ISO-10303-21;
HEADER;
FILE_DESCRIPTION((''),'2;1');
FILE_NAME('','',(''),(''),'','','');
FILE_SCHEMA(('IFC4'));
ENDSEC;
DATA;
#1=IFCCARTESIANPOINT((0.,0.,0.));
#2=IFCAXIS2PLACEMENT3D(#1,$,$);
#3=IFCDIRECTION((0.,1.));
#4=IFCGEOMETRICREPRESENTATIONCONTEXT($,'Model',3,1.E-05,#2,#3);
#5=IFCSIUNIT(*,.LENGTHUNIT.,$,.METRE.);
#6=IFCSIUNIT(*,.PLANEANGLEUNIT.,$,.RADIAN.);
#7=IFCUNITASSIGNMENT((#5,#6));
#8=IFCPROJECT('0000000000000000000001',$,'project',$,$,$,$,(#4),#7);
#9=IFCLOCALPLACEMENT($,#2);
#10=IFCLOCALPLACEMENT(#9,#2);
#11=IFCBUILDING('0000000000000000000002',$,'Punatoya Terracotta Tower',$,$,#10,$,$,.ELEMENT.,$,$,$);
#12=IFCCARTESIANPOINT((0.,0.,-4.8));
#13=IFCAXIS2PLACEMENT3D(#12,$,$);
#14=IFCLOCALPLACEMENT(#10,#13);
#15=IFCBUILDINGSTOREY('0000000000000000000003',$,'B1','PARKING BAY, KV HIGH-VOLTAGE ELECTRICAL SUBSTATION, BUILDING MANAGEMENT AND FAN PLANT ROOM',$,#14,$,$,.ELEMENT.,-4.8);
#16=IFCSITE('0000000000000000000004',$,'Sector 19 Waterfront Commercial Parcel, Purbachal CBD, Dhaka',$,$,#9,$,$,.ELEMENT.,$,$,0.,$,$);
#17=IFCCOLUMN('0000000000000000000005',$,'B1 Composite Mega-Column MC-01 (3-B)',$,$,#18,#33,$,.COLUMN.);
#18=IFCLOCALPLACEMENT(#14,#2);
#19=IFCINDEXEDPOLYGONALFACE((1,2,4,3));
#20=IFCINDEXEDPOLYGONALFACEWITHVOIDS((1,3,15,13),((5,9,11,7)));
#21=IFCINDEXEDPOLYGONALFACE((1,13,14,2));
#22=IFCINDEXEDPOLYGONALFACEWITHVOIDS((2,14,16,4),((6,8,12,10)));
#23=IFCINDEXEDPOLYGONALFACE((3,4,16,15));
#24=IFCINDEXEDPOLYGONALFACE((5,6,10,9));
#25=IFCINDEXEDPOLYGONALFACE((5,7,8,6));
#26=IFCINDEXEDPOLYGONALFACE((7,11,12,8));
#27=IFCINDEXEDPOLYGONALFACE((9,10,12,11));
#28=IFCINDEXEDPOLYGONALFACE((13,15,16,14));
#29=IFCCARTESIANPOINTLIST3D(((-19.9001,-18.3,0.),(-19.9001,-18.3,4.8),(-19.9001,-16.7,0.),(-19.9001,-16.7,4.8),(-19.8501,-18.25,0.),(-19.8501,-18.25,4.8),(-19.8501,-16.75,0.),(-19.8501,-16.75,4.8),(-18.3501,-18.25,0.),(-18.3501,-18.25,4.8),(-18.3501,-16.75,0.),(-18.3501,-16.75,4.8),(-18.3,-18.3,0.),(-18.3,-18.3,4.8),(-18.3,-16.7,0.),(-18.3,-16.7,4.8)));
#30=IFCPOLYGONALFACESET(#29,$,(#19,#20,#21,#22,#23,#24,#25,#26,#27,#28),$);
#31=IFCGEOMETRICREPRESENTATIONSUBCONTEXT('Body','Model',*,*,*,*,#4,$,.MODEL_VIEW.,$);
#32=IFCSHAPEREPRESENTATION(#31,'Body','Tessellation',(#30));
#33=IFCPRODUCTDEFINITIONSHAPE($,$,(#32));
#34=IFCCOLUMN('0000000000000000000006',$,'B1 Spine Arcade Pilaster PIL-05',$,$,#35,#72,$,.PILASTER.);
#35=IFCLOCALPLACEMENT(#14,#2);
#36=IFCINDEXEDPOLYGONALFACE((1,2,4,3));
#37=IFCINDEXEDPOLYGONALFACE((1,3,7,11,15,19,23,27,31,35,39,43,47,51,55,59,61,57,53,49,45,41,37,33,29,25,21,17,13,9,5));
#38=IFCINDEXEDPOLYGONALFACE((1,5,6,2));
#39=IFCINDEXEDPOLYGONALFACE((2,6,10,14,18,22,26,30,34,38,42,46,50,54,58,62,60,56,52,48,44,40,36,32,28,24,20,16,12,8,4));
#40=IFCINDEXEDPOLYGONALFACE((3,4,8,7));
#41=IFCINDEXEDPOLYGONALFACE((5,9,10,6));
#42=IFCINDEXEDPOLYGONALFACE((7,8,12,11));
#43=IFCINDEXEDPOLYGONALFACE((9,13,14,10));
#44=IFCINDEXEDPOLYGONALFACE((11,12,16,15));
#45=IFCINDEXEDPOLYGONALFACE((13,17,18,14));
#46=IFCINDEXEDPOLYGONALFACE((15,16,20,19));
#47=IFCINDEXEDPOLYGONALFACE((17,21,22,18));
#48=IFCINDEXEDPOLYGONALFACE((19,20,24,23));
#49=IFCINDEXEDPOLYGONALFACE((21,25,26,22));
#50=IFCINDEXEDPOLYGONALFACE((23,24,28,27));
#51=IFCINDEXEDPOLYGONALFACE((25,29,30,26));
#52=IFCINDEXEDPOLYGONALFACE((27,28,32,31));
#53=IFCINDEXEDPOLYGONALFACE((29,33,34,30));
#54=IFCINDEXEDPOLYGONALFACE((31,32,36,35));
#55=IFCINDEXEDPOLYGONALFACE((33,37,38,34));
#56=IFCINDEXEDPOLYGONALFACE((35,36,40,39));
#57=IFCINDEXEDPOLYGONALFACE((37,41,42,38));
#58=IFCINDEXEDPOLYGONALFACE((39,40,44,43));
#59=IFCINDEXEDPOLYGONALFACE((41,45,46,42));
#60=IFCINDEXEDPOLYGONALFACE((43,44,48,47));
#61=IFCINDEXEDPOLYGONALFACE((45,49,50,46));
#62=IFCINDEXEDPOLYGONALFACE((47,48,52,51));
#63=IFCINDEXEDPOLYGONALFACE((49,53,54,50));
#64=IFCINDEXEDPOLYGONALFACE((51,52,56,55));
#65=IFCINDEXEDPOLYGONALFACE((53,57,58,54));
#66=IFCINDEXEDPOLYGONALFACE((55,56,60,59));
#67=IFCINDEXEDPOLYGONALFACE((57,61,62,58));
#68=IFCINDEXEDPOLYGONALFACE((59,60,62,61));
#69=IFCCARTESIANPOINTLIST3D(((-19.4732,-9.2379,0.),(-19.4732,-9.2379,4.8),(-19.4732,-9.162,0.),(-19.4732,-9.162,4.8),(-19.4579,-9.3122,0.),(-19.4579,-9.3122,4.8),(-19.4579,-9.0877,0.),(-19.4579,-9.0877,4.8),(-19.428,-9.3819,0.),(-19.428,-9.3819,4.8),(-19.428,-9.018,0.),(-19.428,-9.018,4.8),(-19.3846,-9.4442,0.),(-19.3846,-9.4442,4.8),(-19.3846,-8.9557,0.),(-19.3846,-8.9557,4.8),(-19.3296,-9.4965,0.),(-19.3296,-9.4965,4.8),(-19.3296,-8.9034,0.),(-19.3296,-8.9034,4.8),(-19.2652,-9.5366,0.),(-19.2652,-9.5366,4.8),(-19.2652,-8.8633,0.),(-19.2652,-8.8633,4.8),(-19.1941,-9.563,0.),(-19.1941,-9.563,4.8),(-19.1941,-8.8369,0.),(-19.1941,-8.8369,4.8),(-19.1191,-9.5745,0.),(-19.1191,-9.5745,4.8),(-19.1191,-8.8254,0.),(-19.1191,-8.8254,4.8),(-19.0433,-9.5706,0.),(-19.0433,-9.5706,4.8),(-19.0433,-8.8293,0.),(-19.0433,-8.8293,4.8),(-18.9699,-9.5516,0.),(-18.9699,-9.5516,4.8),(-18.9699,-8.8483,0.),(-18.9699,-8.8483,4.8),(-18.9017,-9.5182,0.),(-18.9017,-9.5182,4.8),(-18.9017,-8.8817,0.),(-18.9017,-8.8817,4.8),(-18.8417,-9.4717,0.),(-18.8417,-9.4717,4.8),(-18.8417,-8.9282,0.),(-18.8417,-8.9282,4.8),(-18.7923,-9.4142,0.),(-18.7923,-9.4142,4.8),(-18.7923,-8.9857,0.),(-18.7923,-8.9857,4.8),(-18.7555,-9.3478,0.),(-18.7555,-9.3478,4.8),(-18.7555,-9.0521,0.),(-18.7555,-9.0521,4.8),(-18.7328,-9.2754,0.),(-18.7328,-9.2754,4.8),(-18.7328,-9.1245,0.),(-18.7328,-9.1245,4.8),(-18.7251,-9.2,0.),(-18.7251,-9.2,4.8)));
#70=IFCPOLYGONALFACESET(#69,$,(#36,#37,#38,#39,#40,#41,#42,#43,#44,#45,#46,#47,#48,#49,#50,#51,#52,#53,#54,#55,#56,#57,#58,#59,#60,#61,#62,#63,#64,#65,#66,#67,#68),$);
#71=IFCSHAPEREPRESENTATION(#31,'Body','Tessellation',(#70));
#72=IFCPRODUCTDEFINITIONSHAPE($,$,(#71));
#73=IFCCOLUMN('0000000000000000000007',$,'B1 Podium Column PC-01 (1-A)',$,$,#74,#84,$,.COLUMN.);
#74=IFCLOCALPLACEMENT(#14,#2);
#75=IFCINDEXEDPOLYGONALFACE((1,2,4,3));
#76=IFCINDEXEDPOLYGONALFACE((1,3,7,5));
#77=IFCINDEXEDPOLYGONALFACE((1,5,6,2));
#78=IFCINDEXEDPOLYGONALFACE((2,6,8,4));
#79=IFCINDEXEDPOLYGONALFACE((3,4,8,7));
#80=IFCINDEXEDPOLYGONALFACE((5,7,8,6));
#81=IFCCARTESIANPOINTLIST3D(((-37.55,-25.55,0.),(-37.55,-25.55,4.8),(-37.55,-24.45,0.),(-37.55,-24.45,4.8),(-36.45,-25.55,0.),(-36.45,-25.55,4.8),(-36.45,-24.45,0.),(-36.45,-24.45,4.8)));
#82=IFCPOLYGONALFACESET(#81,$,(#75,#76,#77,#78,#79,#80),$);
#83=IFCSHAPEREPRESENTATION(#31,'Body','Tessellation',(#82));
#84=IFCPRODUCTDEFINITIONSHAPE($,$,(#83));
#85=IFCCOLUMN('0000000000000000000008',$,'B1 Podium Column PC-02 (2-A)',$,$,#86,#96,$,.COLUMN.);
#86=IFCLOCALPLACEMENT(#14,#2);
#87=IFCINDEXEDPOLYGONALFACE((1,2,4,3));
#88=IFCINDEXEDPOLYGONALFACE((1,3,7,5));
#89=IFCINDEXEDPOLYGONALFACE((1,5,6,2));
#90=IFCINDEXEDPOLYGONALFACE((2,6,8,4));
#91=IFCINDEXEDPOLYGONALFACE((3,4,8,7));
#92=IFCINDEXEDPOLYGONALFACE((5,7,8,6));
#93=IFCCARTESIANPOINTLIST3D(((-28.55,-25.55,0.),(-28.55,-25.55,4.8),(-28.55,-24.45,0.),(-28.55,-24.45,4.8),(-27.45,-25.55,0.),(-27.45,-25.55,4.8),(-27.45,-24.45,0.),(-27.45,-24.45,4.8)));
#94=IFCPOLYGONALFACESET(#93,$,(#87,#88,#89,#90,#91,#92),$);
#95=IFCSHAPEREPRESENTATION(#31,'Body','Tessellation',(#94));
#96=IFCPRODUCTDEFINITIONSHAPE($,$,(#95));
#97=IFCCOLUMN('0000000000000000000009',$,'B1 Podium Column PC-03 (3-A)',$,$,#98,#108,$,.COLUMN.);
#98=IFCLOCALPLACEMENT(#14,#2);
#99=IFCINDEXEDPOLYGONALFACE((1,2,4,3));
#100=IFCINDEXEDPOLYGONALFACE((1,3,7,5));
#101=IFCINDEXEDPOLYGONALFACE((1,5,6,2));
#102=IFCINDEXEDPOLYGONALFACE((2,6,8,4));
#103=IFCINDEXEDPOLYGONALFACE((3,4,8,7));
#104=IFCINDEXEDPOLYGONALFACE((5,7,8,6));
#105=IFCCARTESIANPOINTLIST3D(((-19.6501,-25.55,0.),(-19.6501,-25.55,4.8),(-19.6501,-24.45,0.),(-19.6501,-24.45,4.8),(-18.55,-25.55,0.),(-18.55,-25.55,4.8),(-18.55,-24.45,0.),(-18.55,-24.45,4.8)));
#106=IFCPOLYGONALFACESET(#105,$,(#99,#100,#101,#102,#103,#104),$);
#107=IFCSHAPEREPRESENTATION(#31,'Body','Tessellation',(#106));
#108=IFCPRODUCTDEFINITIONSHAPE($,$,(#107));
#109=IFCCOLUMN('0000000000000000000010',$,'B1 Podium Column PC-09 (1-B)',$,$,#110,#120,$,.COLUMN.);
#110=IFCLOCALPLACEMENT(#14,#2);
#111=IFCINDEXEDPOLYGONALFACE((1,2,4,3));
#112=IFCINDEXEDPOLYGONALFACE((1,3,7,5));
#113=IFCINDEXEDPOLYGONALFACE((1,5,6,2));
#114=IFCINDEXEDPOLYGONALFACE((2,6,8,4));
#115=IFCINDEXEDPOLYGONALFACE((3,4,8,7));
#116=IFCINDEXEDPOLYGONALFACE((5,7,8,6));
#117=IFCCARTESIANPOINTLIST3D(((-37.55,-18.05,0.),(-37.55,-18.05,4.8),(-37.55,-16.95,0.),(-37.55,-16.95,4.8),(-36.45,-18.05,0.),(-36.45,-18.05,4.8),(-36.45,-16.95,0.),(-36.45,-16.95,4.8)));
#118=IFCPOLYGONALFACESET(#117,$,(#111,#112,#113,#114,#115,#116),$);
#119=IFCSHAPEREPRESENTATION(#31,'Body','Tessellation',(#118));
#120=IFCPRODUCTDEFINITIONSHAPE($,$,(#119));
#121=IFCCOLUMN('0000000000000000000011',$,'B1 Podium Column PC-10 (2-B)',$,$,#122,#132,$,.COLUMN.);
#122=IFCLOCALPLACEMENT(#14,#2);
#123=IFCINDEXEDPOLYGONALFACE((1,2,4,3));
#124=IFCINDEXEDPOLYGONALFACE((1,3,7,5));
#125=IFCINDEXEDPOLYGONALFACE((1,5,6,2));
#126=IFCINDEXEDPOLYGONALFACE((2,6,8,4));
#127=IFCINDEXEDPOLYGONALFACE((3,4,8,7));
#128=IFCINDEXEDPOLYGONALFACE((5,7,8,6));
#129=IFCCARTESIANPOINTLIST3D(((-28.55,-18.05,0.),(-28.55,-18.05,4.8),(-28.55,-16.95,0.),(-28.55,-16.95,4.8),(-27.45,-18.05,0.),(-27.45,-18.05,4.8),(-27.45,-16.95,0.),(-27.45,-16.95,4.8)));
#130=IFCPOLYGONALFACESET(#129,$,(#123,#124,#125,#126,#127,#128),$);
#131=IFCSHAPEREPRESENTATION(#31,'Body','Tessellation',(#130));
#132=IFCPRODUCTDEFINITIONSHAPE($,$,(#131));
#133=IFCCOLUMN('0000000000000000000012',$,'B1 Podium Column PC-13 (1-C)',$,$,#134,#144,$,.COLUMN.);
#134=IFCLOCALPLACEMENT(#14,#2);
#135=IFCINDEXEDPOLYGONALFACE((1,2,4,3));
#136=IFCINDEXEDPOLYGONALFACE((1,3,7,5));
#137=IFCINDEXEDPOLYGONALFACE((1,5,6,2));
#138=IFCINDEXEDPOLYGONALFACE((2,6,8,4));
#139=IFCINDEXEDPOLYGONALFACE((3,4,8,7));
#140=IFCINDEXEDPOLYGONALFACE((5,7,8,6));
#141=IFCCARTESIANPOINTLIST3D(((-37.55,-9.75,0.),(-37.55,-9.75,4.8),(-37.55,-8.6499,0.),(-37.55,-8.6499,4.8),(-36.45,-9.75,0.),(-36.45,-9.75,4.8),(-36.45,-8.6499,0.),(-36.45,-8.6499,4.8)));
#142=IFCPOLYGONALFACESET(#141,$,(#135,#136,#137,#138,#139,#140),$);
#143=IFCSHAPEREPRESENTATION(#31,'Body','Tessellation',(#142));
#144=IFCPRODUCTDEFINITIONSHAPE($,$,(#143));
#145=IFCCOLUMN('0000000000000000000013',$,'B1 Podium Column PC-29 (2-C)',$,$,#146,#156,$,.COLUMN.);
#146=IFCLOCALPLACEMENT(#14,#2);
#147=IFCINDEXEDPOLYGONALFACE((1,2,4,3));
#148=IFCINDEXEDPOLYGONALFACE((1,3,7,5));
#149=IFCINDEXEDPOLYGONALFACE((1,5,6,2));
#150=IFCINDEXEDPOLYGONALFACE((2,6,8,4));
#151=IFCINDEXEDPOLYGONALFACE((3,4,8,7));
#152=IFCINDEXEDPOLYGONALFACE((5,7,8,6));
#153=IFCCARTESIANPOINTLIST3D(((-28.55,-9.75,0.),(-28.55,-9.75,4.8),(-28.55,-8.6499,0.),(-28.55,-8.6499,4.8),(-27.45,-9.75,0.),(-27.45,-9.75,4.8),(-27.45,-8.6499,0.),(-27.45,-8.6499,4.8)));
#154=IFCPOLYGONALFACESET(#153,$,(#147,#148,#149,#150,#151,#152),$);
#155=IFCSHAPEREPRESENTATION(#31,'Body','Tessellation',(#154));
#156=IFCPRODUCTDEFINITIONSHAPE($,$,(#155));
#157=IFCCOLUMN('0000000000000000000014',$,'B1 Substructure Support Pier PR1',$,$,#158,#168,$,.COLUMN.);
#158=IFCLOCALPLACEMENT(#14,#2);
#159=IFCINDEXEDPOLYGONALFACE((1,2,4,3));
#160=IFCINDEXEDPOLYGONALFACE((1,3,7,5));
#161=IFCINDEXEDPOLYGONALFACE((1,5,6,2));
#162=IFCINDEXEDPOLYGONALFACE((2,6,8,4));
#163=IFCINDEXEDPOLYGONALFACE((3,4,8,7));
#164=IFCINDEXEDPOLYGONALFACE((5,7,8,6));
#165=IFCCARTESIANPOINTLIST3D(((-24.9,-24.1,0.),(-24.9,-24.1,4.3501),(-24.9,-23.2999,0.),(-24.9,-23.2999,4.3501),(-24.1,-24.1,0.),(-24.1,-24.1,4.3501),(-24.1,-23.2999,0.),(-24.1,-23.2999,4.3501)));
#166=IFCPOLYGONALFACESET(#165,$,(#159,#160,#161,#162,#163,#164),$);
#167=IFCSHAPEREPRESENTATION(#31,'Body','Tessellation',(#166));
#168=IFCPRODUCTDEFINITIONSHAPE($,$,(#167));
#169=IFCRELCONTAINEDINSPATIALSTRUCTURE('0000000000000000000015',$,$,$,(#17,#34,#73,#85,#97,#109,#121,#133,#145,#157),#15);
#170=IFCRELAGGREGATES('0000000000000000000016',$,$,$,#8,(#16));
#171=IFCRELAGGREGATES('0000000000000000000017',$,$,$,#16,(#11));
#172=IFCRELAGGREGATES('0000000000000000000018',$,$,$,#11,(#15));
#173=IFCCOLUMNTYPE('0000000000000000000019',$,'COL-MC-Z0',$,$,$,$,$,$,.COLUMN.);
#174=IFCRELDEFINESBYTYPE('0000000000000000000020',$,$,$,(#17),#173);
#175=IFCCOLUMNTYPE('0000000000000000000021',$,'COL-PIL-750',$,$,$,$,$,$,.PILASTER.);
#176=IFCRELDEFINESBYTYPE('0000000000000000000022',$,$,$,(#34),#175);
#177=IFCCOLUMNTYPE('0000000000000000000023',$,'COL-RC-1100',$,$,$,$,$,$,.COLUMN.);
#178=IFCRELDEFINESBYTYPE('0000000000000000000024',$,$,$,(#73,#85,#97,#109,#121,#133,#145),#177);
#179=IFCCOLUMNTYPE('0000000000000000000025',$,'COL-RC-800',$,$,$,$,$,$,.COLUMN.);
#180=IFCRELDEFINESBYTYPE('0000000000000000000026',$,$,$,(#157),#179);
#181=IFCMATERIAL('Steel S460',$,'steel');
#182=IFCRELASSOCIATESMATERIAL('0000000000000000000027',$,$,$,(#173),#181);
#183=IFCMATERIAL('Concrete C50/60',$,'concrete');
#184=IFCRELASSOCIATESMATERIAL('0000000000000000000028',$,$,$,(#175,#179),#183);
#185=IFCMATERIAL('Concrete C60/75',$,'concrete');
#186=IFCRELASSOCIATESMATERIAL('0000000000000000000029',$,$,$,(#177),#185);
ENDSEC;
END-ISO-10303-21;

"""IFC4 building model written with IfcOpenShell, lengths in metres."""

from ifc_helpers import new_model, si_unit, direction, frame, origin, origin_2d, place, context, subcontext, project, spatial, rectangle, hollow_rectangle, circle, extrude, material, material_profile, profile_set, type_object, element, save


model = new_model("IFC4")

# Units and contexts
model_context = context("Model", 3, precision=1e-05, world=origin(), true_north=direction((0.0, 1.0)))
body_context = subcontext(model_context, "Body", "Model", "MODEL_VIEW")
ifc_project = project(units=[si_unit("LENGTHUNIT", "METRE"), si_unit("PLANEANGLEUNIT", "RADIAN")], contexts=[model_context])

# Site, building, storey
site_placement = place(None, origin())
site = spatial("IfcSite", under=ifc_project, at=site_placement, Name="Sector 19 Waterfront Commercial Parcel, Purbachal CBD, Dhaka", CompositionType="ELEMENT", RefElevation=0.0)
building_placement = place(site_placement, origin())
building = spatial("IfcBuilding", under=site, at=building_placement, Name="Punatoya Terracotta Tower", CompositionType="ELEMENT")
storey_placement = place(building_placement, frame((0.0, 0.0, -4.8)))
storey = spatial("IfcBuildingStorey", under=building, at=storey_placement, Name="B1", Description="PARKING BAY, KV HIGH-VOLTAGE ELECTRICAL SUBSTATION, BUILDING MANAGEMENT AND FAN PLANT ROOM", CompositionType="ELEMENT", Elevation=-4.8)

# Columns
ifc_material_1 = material(Name="Steel S460", Category="steel")
ifc_material_profile_1 = material_profile(ifc_material_1, hollow_rectangle(XDim=1.6001, YDim=1.6001, WallThickness=0.05, at=origin_2d()))
ifc_profile_set_1 = profile_set([ifc_material_profile_1], Name="Steel S460")
column_type_1 = type_object("IfcColumnType", Name="COL-MC-Z0", PredefinedType="COLUMN", material=ifc_profile_set_1)
column_1_placement = place(storey_placement, frame((-19.1001, -17.5, 0.0), z_axis=(0.0, 0.0, 1.0), x_axis=(1.0, 0.0, 0.0)))
element("IfcColumn", 1, at=column_1_placement, inside=storey, type_object=column_type_1, Name="B1 Composite Mega-Column MC-01 (3-B)", PredefinedType="COLUMN", context=body_context, shape_type="SweptSolid", body=[
    extrude(hollow_rectangle(XDim=1.6001, YDim=1.6001, WallThickness=0.05, at=origin_2d()), origin(), (0.0, 0.0, 1.0), 4.8),
])
ifc_material_2 = material(Name="Concrete C50/60", Category="concrete")
ifc_material_profile_2 = material_profile(ifc_material_2, circle(Radius=0.375, at=origin_2d()))
ifc_profile_set_2 = profile_set([ifc_material_profile_2], Name="Concrete C50/60")
column_type_2 = type_object("IfcColumnType", Name="COL-PIL-750", PredefinedType="PILASTER", material=ifc_profile_set_2)
column_2_placement = place(storey_placement, frame((-19.1001, -9.2, 0.0), z_axis=(0.0, 0.0, 1.0), x_axis=(1.0, 0.0, 0.0)))
element("IfcColumn", 2, at=column_2_placement, inside=storey, type_object=column_type_2, Name="B1 Spine Arcade Pilaster PIL-05", PredefinedType="PILASTER", context=body_context, shape_type="SweptSolid", body=[
    extrude(circle(Radius=0.375, at=origin_2d()), origin(), (0.0, 0.0, 1.0), 4.8),
])
ifc_material_3 = material(Name="Concrete C60/75", Category="concrete")
ifc_material_profile_3 = material_profile(ifc_material_3, rectangle(XDim=1.1001, YDim=1.1001, at=origin_2d()))
ifc_profile_set_3 = profile_set([ifc_material_profile_3], Name="Concrete C60/75")
column_type_3 = type_object("IfcColumnType", Name="COL-RC-1100", PredefinedType="COLUMN", material=ifc_profile_set_3)
for number, where, z_axis, x_axis, name in (
    (3, (-37.0, -25.0, 0.0), (0.0, 0.0, 1.0), (1.0, 0.0, 0.0), "B1 Podium Column PC-01 (1-A)"),
    (4, (-28.0, -25.0, 0.0), (0.0, 0.0, 1.0), (1.0, 0.0, 0.0), "B1 Podium Column PC-02 (2-A)"),
    (5, (-19.1001, -25.0, 0.0), (0.0, 0.0, 1.0), (1.0, 0.0, 0.0), "B1 Podium Column PC-03 (3-A)"),
    (6, (-37.0, -17.5, 0.0), (0.0, 0.0, 1.0), (1.0, 0.0, 0.0), "B1 Podium Column PC-09 (1-B)"),
    (7, (-28.0, -17.5, 0.0), (0.0, 0.0, 1.0), (1.0, 0.0, 0.0), "B1 Podium Column PC-10 (2-B)"),
    (8, (-37.0, -9.2, 0.0), (0.0, 0.0, 1.0), (1.0, 0.0, 0.0), "B1 Podium Column PC-13 (1-C)"),
    (9, (-28.0, -9.2, 0.0), (0.0, 0.0, 1.0), (1.0, 0.0, 0.0), "B1 Podium Column PC-29 (2-C)"),
):
    element("IfcColumn", number, at=place(storey_placement, frame(where, z_axis=z_axis, x_axis=x_axis)), inside=storey, type_object=column_type_3, Name=name, PredefinedType="COLUMN", context=body_context, shape_type="SweptSolid", body=[
        extrude(rectangle(XDim=1.1001, YDim=1.1001, at=origin_2d()), origin(), (0.0, 0.0, 1.0), 4.8),
    ])
ifc_material_profile_4 = material_profile(ifc_material_2, rectangle(XDim=0.8, YDim=0.8, at=origin_2d()))
ifc_profile_set_4 = profile_set([ifc_material_profile_4], Name="Concrete C50/60")
column_type_4 = type_object("IfcColumnType", Name="COL-RC-800", PredefinedType="COLUMN", material=ifc_profile_set_4)
column_3_placement = place(storey_placement, frame((-24.5, -23.7, 0.0), z_axis=(0.0, 0.0, 1.0), x_axis=(1.0, 0.0, 0.0)))
element("IfcColumn", 10, at=column_3_placement, inside=storey, type_object=column_type_4, Name="B1 Substructure Support Pier PR1", PredefinedType="COLUMN", context=body_context, shape_type="SweptSolid", body=[
    extrude(rectangle(XDim=0.8, YDim=0.8, at=origin_2d()), origin(), (0.0, 0.0, 1.0), 4.3501),
])

save(model, "model.ifc")
